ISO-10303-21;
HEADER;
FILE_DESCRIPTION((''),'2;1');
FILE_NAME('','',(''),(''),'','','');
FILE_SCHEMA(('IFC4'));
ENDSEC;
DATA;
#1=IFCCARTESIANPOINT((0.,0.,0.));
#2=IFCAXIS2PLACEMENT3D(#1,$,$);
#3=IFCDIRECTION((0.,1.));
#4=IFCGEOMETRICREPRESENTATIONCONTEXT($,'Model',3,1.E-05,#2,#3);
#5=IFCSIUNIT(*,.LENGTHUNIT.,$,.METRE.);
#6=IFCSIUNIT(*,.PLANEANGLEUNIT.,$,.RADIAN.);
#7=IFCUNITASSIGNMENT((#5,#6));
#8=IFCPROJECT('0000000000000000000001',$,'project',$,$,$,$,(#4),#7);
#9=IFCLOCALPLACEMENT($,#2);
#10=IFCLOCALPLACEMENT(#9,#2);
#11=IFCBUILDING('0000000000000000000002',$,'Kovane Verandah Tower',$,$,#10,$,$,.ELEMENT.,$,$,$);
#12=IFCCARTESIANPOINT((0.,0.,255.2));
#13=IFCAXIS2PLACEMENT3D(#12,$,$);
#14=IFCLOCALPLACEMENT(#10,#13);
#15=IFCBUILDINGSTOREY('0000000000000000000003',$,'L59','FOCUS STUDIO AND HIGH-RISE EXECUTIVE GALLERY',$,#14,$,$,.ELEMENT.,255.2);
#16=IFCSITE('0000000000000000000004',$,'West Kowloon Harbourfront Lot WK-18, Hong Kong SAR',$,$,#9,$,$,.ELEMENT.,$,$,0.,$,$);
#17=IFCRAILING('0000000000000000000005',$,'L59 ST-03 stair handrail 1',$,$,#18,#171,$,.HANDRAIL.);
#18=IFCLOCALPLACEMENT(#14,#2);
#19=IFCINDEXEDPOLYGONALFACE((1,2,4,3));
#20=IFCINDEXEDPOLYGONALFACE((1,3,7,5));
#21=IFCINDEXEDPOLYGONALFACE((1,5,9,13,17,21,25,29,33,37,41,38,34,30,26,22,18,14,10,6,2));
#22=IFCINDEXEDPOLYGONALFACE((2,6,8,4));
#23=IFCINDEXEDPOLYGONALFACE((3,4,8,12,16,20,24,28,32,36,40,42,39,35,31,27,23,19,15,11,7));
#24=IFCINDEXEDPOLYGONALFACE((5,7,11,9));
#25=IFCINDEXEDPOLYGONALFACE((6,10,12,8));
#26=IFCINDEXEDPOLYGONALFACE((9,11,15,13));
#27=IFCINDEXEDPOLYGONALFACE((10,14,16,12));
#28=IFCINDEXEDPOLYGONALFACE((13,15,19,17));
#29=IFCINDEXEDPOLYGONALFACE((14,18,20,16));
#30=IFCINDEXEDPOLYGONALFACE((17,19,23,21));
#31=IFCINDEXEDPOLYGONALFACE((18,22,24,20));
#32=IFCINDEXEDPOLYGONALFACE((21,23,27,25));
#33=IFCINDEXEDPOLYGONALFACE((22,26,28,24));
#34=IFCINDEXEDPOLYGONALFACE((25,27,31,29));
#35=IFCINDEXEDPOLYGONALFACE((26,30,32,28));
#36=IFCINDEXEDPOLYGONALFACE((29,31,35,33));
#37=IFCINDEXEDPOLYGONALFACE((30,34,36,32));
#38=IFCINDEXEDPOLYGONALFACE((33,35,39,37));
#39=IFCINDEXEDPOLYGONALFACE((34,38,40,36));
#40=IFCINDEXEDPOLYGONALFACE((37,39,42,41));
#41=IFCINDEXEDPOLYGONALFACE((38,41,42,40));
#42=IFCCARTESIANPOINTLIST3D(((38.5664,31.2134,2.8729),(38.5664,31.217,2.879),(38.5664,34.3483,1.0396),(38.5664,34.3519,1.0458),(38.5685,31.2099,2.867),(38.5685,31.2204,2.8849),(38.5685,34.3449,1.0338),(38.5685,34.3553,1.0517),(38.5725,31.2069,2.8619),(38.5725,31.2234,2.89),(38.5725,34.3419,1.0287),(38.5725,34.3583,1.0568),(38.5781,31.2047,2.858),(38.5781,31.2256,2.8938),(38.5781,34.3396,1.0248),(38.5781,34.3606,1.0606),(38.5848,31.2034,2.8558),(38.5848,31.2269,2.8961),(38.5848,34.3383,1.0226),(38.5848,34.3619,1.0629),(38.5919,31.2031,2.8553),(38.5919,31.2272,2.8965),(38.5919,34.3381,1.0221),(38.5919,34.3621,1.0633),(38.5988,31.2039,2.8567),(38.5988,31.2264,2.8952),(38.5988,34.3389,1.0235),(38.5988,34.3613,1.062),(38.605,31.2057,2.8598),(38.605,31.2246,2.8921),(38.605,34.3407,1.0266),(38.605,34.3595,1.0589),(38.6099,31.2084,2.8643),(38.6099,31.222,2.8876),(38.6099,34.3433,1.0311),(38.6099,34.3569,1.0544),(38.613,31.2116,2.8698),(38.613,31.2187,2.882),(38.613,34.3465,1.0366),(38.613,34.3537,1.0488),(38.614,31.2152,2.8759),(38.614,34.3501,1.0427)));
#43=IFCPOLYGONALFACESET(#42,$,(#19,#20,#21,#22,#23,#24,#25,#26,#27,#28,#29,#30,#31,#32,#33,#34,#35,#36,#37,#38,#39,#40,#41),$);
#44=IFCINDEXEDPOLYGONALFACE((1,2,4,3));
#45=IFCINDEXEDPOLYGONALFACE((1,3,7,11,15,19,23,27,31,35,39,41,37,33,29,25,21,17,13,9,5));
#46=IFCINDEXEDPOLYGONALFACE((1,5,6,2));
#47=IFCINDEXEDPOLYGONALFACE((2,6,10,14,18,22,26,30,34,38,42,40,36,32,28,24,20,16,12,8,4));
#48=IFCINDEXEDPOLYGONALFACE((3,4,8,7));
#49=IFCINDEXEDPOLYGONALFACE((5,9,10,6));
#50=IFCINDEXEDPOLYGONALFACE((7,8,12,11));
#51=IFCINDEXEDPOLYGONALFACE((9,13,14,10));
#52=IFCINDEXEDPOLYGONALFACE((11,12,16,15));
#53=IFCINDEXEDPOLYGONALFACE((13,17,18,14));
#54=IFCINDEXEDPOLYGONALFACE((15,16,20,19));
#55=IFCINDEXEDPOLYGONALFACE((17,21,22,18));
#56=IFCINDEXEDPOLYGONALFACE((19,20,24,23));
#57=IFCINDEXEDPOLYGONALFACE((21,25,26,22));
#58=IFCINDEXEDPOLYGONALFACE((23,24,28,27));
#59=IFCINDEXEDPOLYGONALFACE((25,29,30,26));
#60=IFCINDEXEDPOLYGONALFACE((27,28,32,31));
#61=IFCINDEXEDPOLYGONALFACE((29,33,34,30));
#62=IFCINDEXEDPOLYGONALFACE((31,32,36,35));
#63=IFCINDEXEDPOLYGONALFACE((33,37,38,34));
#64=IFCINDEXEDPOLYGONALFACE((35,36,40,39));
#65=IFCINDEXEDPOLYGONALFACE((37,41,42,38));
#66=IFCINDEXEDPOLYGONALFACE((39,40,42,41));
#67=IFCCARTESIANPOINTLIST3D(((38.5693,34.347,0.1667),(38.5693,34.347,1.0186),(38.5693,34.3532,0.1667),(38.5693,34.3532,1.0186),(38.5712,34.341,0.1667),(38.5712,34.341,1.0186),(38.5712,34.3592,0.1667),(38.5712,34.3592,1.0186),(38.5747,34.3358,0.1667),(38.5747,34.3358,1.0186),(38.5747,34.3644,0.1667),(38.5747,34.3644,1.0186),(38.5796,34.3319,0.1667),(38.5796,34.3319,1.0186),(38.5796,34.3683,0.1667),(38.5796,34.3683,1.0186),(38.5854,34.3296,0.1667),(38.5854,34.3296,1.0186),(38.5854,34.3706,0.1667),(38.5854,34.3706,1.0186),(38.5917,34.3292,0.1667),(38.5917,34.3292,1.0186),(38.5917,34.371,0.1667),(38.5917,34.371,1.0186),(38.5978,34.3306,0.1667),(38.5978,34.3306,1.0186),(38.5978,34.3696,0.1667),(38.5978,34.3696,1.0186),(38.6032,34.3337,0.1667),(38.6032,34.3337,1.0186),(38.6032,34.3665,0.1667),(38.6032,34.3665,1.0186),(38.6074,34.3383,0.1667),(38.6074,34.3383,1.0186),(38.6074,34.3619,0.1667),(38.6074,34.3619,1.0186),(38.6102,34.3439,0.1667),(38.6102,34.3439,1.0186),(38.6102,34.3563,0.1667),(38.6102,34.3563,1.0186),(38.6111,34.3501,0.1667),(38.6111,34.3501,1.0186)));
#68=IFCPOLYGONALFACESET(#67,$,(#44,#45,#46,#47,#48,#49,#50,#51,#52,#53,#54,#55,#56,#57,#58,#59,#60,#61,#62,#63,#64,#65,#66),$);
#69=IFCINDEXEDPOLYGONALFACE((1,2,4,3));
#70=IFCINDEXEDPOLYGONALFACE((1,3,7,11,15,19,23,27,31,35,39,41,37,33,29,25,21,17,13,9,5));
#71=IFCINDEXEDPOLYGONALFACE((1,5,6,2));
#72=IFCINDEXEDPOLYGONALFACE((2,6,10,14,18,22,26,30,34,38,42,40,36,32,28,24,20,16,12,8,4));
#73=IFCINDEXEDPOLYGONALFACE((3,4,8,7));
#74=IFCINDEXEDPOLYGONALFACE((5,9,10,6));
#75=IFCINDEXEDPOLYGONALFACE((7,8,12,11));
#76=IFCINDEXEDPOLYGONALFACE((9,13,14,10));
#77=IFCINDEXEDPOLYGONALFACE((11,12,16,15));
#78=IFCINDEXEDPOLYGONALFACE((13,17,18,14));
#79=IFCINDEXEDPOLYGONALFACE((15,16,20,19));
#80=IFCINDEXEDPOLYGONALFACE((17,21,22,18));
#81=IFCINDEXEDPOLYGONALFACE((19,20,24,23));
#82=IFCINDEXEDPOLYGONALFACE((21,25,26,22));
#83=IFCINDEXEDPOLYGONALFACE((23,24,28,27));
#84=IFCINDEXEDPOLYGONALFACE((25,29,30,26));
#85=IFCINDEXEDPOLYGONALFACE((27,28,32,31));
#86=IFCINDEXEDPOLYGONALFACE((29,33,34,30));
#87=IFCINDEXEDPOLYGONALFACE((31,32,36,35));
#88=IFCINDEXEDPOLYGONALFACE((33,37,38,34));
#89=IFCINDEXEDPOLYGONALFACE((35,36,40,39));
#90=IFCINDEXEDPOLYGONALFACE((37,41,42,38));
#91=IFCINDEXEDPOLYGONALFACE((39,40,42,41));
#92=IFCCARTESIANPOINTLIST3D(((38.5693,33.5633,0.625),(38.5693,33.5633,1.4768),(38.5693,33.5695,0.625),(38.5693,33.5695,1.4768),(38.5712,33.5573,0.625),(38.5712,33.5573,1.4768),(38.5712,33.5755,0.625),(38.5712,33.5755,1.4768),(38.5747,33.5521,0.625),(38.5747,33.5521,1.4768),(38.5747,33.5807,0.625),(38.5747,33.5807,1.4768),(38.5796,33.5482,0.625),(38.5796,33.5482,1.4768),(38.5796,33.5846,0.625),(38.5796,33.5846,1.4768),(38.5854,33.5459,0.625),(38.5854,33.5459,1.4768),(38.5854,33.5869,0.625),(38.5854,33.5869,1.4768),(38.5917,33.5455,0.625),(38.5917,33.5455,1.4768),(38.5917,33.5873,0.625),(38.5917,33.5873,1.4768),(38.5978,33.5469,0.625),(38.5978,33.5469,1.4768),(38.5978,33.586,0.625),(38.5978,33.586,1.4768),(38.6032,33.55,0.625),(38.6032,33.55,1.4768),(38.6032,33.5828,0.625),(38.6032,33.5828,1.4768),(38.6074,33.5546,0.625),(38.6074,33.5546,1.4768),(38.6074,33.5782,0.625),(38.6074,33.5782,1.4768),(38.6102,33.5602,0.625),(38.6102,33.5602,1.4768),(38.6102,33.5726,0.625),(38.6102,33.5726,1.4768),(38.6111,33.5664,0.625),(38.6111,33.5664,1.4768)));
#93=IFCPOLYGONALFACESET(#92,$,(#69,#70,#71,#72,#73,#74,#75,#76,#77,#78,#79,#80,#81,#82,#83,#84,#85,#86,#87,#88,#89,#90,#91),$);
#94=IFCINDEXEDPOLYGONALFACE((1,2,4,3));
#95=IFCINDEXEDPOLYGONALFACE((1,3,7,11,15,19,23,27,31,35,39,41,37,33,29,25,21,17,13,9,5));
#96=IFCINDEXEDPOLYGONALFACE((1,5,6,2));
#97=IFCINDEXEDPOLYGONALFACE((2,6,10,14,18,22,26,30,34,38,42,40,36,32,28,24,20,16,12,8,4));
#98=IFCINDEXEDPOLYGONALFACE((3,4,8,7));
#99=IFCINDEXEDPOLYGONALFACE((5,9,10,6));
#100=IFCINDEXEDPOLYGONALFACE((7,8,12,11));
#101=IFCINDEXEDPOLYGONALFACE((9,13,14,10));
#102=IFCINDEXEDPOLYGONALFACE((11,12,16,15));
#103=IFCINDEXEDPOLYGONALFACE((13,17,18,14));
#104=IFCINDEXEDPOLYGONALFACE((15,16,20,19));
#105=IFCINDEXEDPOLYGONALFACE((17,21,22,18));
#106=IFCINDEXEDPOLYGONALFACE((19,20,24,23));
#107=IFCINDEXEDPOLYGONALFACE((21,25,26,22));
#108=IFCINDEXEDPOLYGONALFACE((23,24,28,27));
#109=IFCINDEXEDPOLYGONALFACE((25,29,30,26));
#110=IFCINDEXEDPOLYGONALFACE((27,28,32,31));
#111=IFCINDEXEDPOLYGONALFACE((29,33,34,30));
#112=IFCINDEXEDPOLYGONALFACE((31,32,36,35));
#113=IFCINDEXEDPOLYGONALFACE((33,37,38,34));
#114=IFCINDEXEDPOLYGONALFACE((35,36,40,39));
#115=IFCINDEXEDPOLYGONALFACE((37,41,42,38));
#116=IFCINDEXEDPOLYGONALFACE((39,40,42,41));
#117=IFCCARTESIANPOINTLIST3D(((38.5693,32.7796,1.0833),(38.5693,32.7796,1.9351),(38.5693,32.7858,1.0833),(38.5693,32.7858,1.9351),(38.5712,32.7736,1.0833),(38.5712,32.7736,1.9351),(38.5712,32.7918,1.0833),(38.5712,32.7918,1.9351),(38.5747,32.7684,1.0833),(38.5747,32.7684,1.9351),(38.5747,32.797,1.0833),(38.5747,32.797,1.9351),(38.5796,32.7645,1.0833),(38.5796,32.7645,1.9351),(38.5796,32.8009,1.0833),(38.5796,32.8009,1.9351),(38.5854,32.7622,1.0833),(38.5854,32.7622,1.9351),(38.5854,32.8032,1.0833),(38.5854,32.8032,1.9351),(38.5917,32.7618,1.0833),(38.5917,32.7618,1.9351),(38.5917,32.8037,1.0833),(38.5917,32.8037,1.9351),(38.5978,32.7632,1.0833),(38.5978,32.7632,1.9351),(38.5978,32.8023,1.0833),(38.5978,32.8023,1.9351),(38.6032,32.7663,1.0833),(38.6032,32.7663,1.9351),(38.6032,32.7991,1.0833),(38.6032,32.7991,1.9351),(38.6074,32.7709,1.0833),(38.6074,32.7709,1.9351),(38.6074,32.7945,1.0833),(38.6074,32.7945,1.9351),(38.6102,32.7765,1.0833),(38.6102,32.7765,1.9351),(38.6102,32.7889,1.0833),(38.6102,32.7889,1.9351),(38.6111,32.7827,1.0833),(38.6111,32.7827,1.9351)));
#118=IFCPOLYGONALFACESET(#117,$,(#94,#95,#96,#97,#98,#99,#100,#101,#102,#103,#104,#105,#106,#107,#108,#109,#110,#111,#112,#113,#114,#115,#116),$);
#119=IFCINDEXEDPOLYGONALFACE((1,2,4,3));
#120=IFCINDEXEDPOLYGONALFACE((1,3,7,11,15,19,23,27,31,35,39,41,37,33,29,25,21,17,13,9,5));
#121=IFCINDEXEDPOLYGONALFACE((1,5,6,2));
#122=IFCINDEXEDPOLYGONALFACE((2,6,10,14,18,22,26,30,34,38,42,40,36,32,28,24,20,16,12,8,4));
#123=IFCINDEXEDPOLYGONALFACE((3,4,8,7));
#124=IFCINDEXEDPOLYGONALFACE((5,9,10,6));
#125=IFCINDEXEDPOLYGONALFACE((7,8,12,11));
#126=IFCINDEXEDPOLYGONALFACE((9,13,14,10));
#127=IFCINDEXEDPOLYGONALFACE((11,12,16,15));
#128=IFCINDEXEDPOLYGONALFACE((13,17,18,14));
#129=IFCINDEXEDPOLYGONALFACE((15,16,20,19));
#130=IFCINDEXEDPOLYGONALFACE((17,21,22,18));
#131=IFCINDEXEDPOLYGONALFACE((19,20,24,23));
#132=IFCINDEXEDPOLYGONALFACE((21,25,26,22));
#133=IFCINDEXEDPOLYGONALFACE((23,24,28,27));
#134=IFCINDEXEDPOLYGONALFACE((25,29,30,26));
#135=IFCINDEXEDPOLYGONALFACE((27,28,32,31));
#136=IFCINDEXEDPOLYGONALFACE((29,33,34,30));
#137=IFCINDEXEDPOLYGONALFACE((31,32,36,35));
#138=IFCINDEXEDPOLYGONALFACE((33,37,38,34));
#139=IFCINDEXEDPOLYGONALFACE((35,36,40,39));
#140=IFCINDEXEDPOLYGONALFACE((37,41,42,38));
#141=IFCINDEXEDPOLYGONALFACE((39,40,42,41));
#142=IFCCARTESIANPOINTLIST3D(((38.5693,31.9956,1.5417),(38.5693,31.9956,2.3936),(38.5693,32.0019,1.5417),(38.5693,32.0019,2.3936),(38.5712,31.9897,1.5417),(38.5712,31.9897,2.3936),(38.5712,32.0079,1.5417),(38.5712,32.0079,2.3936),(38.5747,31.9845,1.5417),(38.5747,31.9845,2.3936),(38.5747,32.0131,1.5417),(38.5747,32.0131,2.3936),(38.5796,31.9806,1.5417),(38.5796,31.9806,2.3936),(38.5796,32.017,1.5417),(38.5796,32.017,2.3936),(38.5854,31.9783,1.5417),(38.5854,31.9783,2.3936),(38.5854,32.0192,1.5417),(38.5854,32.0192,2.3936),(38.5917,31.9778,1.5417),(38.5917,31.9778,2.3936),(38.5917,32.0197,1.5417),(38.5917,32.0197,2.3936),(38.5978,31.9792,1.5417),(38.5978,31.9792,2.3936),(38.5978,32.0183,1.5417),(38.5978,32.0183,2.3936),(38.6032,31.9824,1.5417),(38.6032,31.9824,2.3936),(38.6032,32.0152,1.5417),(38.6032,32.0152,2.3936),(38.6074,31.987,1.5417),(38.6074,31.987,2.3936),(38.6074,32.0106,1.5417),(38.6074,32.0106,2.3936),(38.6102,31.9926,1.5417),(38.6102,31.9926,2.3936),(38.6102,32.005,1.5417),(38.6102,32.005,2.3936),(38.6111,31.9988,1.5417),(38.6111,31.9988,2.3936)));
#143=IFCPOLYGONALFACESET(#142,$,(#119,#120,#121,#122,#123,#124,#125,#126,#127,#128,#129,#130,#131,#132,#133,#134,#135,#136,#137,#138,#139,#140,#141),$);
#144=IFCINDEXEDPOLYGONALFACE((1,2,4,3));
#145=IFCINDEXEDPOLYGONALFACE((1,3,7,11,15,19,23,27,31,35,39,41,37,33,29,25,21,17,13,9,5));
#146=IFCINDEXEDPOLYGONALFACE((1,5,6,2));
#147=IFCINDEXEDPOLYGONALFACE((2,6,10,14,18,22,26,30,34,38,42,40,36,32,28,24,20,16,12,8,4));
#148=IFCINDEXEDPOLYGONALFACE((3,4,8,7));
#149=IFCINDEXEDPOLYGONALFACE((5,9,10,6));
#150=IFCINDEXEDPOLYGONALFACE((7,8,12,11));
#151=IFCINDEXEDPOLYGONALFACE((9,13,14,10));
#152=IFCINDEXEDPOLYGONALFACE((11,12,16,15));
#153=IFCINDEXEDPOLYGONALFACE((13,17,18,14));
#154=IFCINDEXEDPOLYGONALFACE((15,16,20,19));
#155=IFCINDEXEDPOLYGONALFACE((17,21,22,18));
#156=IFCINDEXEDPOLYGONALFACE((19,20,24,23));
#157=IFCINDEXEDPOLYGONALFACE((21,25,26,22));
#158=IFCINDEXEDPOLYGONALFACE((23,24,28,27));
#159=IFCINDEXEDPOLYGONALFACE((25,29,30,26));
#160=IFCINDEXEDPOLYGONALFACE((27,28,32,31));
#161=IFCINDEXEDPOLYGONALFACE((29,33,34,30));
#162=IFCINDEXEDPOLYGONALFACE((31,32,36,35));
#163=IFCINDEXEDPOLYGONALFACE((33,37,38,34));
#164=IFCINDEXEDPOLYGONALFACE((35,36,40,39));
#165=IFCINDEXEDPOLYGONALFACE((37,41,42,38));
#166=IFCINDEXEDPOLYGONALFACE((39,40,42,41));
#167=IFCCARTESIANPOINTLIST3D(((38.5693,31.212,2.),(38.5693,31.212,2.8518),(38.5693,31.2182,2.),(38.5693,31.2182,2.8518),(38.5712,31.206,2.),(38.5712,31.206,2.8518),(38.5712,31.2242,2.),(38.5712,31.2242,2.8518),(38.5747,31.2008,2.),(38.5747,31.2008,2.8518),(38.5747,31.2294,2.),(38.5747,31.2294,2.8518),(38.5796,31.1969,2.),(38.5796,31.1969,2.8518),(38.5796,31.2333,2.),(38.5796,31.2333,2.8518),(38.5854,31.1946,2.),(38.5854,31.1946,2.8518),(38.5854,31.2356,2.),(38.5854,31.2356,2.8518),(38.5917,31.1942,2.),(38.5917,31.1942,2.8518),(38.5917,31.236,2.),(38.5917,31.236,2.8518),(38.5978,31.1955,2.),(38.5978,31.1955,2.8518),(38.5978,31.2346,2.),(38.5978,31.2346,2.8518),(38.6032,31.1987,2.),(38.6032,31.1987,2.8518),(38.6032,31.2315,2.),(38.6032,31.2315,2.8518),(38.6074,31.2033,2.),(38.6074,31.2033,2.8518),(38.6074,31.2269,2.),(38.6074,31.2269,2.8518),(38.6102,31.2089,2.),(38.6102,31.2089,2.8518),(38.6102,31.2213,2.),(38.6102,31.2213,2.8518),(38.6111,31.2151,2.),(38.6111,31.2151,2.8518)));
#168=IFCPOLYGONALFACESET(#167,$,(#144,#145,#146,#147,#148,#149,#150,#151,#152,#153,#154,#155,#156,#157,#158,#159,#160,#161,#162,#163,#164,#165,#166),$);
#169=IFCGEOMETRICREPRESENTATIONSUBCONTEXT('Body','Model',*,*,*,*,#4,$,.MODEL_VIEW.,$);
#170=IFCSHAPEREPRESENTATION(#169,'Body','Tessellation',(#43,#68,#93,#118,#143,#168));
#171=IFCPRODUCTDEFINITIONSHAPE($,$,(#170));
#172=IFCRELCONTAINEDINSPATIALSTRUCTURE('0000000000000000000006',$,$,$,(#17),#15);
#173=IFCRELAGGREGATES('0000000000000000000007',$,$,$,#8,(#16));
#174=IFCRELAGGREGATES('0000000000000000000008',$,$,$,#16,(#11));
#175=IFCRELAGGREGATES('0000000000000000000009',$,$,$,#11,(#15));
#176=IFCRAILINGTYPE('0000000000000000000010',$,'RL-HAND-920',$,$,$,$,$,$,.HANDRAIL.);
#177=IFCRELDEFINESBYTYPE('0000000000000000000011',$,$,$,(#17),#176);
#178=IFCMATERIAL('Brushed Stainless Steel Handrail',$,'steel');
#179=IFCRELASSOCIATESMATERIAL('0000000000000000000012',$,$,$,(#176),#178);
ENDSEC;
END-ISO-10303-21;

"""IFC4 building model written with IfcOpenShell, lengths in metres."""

from ifc_helpers import new_model, si_unit, direction, frame, origin, origin_2d, place, context, subcontext, project, spatial, circle, extrude, material, type_object, element, save


model = new_model("IFC4")

# Units and contexts
model_context = context("Model", 3, precision=1e-05, world=origin(), true_north=direction((0.0, 1.0)))
body_context = subcontext(model_context, "Body", "Model", "MODEL_VIEW")
ifc_project = project(units=[si_unit("LENGTHUNIT", "METRE"), si_unit("PLANEANGLEUNIT", "RADIAN")], contexts=[model_context])

# Site, building, storey
site_placement = place(None, origin())
site = spatial("IfcSite", under=ifc_project, at=site_placement, Name="West Kowloon Harbourfront Lot WK-18, Hong Kong SAR", CompositionType="ELEMENT", RefElevation=0.0)
building_placement = place(site_placement, origin())
building = spatial("IfcBuilding", under=site, at=building_placement, Name="Kovane Verandah Tower", CompositionType="ELEMENT")
storey_placement = place(building_placement, frame((0.0, 0.0, 255.2)))
storey = spatial("IfcBuildingStorey", under=building, at=storey_placement, Name="L59", Description="FOCUS STUDIO AND HIGH-RISE EXECUTIVE GALLERY", CompositionType="ELEMENT", Elevation=255.2)

# Railing
ifc_material_1 = material(Name="Brushed Stainless Steel Handrail", Category="steel")
railing_type_1 = type_object("IfcRailingType", Name="RL-HAND-920", PredefinedType="HANDRAIL", material=ifc_material_1)
railing_1_placement = place(storey_placement, frame((38.5901, 34.3501, 0.1667)))
element("IfcRailing", 1, at=railing_1_placement, inside=storey, type_object=railing_type_1, Name="L59 ST-03 stair handrail 1", PredefinedType="HANDRAIL", context=body_context, shape_type="SweptSolid", body=[
    extrude(circle(Radius=0.0239, at=origin_2d()), frame((0.0, 0.0, 0.876), z_axis=(0.0, -0.86324, 0.504794), x_axis=(1.0, 0.0, 0.0)), (0.0, 0.0, 1.0), 3.6316),
    extrude(circle(Radius=0.021, at=origin_2d()), origin(), (0.0, 0.0, 1.0), 0.8518),
    extrude(circle(Radius=0.021, at=origin_2d()), frame((0.0, -0.7837, 0.4583)), (0.0, 0.0, 1.0), 0.8518),
    extrude(circle(Radius=0.021, at=origin_2d()), frame((0.0, -1.5674, 0.9165)), (0.0, 0.0, 1.0), 0.8518),
    extrude(circle(Radius=0.021, at=origin_2d()), frame((0.0, -2.3513, 1.375)), (0.0, 0.0, 1.0), 0.8518),
    extrude(circle(Radius=0.021, at=origin_2d()), frame((0.0, -3.135, 1.8333)), (0.0, 0.0, 1.0), 0.8518),
])

save(model, "model.ifc")
